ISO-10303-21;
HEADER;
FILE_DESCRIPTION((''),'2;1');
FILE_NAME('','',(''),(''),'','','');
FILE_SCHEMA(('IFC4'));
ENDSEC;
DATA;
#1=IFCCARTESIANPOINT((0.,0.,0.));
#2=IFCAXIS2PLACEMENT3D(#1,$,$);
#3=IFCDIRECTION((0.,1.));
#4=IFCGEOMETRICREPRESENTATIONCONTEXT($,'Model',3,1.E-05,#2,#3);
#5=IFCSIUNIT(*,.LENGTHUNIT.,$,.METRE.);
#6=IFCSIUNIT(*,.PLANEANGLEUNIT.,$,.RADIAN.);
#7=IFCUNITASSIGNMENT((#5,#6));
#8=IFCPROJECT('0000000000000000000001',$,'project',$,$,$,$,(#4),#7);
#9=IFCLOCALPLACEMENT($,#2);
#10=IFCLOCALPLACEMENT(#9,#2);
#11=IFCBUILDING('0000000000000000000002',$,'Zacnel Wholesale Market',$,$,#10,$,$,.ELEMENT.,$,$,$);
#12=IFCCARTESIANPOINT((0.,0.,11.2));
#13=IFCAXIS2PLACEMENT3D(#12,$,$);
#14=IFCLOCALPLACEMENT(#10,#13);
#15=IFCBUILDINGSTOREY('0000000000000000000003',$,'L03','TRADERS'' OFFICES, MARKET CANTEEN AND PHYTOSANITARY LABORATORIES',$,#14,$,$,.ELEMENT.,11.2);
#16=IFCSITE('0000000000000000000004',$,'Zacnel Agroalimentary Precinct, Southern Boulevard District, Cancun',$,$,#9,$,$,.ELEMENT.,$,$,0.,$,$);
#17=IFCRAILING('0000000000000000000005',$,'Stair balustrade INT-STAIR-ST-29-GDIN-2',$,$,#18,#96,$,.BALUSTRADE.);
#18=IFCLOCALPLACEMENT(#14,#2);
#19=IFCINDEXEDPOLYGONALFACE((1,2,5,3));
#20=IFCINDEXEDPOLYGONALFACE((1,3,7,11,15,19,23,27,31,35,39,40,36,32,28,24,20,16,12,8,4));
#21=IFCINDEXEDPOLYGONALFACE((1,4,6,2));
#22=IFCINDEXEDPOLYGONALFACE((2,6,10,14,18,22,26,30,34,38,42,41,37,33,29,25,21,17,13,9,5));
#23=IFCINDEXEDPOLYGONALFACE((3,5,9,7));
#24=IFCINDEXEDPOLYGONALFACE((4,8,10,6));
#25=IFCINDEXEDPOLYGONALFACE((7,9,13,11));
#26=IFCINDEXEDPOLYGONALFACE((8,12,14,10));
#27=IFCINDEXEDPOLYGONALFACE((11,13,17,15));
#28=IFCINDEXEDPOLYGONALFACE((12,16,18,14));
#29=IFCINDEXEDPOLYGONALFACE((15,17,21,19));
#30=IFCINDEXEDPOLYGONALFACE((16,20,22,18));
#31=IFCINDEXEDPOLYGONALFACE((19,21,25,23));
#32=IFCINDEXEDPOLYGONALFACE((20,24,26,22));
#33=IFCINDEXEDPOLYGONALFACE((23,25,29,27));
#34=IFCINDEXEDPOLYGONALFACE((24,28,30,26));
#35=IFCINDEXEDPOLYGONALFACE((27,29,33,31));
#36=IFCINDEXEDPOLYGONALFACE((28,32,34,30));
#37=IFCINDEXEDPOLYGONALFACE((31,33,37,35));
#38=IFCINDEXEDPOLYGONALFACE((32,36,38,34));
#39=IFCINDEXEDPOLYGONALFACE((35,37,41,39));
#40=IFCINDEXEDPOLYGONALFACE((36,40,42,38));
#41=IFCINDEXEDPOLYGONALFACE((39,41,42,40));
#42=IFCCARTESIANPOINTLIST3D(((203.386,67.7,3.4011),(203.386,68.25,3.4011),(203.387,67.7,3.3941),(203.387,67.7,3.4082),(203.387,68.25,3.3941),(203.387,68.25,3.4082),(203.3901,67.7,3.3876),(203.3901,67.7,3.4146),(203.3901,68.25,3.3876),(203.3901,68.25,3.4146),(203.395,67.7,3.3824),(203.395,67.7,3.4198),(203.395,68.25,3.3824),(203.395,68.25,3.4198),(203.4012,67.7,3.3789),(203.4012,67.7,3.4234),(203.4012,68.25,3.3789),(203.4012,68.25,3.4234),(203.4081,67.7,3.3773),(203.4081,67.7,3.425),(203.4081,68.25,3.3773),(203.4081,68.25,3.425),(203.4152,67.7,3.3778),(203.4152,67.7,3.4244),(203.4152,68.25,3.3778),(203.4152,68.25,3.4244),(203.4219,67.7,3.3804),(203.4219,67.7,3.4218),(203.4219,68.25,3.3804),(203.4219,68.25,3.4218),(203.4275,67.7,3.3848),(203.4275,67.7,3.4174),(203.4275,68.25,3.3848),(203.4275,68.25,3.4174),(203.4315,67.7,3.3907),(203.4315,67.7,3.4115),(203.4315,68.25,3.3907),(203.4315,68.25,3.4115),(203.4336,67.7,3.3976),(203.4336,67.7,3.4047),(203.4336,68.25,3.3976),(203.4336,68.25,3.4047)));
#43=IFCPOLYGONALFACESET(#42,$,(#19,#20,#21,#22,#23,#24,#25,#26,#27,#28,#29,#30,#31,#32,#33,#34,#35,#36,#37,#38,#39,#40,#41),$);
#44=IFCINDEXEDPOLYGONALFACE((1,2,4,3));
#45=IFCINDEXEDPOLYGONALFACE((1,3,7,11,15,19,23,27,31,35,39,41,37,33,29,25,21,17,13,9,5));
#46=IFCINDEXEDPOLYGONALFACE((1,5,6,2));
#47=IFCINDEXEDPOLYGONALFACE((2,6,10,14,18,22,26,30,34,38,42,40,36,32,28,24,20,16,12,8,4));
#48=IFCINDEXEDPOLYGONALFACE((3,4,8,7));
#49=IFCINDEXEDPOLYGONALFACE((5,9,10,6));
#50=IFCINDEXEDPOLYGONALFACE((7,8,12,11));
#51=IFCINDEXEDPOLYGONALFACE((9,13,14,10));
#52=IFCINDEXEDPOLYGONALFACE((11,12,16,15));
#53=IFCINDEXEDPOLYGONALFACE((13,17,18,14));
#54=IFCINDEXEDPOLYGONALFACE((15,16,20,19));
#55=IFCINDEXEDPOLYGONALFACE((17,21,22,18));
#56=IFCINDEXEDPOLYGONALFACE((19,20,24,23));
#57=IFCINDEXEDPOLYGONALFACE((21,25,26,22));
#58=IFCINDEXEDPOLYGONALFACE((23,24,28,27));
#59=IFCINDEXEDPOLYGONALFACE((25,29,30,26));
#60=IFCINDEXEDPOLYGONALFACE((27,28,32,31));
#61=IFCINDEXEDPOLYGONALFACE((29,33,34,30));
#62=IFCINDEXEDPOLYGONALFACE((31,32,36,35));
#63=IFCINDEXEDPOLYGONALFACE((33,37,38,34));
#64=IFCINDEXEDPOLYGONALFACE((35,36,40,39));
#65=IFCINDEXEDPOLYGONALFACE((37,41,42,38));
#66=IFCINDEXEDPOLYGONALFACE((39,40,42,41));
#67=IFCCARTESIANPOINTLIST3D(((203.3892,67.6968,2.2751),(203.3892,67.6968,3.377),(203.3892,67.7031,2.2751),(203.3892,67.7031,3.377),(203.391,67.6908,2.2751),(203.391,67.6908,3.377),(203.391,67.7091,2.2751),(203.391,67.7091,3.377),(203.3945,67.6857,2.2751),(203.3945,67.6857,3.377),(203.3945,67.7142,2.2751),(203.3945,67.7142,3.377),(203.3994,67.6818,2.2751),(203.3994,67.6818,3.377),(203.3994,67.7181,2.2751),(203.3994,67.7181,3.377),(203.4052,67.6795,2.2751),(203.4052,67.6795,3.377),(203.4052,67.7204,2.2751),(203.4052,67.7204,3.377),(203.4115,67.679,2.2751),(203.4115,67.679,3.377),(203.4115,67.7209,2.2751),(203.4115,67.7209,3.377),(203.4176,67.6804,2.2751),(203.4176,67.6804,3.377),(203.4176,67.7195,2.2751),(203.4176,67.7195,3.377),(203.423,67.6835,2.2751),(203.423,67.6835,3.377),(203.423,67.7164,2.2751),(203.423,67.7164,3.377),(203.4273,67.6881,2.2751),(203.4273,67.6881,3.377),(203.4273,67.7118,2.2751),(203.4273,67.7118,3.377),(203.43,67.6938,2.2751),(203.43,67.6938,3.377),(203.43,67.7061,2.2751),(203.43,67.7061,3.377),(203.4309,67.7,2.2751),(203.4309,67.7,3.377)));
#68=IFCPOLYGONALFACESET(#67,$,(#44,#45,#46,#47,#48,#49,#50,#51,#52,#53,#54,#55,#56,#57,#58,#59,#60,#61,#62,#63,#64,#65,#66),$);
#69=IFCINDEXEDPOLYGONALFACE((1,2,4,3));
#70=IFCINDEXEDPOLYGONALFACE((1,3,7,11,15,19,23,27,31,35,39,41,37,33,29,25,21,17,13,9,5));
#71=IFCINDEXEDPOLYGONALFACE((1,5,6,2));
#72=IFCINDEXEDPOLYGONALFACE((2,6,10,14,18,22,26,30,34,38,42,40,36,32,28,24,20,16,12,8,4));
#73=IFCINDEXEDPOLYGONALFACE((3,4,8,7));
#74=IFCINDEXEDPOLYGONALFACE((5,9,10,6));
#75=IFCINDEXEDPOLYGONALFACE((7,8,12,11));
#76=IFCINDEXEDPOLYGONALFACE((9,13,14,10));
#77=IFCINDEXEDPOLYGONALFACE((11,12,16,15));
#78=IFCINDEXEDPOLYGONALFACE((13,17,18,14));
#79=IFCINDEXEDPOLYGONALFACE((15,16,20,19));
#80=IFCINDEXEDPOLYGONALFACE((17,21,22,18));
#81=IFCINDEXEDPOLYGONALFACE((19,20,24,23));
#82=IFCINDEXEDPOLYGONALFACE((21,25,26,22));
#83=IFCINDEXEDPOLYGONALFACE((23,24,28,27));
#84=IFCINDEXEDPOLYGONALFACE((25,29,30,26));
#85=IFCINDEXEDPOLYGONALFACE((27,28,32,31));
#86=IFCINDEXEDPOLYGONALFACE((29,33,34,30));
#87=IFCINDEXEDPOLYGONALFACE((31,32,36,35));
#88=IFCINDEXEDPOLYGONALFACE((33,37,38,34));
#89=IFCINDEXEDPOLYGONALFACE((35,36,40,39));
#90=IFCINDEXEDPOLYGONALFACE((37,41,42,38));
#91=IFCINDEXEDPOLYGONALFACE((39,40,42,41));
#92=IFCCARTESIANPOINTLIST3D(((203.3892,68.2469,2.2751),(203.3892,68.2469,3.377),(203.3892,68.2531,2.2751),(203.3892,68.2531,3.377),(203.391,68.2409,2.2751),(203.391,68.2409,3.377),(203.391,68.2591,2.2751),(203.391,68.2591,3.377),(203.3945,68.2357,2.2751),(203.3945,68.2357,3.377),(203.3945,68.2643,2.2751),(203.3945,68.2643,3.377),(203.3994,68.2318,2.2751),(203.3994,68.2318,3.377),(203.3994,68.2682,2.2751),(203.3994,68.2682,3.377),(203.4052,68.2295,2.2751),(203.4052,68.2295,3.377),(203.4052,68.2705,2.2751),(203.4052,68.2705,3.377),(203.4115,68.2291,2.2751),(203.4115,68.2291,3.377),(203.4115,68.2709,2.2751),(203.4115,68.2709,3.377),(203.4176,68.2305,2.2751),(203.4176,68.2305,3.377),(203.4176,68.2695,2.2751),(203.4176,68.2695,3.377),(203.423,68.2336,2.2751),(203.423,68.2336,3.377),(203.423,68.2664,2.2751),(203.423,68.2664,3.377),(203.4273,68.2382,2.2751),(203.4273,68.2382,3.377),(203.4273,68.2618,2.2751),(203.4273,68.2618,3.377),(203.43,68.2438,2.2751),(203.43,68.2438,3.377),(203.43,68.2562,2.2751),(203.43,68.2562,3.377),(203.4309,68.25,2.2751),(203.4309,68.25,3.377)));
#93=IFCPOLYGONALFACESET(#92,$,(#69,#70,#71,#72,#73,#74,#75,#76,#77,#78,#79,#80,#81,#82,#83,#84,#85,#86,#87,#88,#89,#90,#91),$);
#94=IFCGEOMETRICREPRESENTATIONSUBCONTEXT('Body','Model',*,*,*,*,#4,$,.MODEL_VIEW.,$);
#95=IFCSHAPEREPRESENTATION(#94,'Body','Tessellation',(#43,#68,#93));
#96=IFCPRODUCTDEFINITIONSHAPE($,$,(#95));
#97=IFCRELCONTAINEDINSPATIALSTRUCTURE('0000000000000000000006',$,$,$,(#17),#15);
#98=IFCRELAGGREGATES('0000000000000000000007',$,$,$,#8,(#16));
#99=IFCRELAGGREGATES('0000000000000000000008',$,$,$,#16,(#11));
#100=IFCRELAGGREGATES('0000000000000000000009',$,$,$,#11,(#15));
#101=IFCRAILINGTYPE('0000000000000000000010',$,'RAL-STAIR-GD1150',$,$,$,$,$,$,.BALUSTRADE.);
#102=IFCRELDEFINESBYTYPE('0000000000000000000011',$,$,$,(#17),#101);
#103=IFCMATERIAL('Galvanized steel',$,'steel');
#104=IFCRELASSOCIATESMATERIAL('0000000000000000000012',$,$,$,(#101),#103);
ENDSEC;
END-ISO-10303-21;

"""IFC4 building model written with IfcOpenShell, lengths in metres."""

from ifc_helpers import new_model, si_unit, direction, frame, origin, origin_2d, place, context, subcontext, project, spatial, circle, extrude, material, type_object, element, save


model = new_model("IFC4")

# Units and contexts
model_context = context("Model", 3, precision=1e-05, world=origin(), true_north=direction((0.0, 1.0)))
body_context = subcontext(model_context, "Body", "Model", "MODEL_VIEW")
ifc_project = project(units=[si_unit("LENGTHUNIT", "METRE"), si_unit("PLANEANGLEUNIT", "RADIAN")], contexts=[model_context])

# Site, building, storey
site_placement = place(None, origin())
site = spatial("IfcSite", under=ifc_project, at=site_placement, Name="Zacnel Agroalimentary Precinct, Southern Boulevard District, Cancun", CompositionType="ELEMENT", RefElevation=0.0)
building_placement = place(site_placement, origin())
building = spatial("IfcBuilding", under=site, at=building_placement, Name="Zacnel Wholesale Market", CompositionType="ELEMENT")
storey_placement = place(building_placement, frame((0.0, 0.0, 11.2)))
storey = spatial("IfcBuildingStorey", under=building, at=storey_placement, Name="L03", Description="TRADERS' OFFICES, MARKET CANTEEN AND PHYTOSANITARY LABORATORIES", CompositionType="ELEMENT", Elevation=11.2)

# Railing
ifc_material_1 = material(Name="Galvanized steel", Category="steel")
railing_type = type_object("IfcRailingType", Name="RAL-STAIR-GD1150", PredefinedType="BALUSTRADE", material=ifc_material_1)
railing_1_placement = place(storey_placement, frame((203.4099, 67.7, 2.2751)))
element("IfcRailing", 1, at=railing_1_placement, inside=storey, type_object=railing_type, Name="Stair balustrade INT-STAIR-ST-29-GDIN-2", PredefinedType="BALUSTRADE", context=body_context, shape_type="SweptSolid", body=[
    extrude(circle(Radius=0.0239, at=origin_2d()), frame((0.0, 0.0, 1.126), z_axis=(0.0, 1.0, 0.0), x_axis=(-1.0, 0.0, 0.0)), (0.0, 0.0, 1.0), 0.55),
    extrude(circle(Radius=0.021, at=origin_2d()), origin(), (0.0, 0.0, 1.0), 1.1018),
    extrude(circle(Radius=0.021, at=origin_2d()), frame((0.0, 0.55, 0.0)), (0.0, 0.0, 1.0), 1.1018),
])

save(model, "model.ifc")
